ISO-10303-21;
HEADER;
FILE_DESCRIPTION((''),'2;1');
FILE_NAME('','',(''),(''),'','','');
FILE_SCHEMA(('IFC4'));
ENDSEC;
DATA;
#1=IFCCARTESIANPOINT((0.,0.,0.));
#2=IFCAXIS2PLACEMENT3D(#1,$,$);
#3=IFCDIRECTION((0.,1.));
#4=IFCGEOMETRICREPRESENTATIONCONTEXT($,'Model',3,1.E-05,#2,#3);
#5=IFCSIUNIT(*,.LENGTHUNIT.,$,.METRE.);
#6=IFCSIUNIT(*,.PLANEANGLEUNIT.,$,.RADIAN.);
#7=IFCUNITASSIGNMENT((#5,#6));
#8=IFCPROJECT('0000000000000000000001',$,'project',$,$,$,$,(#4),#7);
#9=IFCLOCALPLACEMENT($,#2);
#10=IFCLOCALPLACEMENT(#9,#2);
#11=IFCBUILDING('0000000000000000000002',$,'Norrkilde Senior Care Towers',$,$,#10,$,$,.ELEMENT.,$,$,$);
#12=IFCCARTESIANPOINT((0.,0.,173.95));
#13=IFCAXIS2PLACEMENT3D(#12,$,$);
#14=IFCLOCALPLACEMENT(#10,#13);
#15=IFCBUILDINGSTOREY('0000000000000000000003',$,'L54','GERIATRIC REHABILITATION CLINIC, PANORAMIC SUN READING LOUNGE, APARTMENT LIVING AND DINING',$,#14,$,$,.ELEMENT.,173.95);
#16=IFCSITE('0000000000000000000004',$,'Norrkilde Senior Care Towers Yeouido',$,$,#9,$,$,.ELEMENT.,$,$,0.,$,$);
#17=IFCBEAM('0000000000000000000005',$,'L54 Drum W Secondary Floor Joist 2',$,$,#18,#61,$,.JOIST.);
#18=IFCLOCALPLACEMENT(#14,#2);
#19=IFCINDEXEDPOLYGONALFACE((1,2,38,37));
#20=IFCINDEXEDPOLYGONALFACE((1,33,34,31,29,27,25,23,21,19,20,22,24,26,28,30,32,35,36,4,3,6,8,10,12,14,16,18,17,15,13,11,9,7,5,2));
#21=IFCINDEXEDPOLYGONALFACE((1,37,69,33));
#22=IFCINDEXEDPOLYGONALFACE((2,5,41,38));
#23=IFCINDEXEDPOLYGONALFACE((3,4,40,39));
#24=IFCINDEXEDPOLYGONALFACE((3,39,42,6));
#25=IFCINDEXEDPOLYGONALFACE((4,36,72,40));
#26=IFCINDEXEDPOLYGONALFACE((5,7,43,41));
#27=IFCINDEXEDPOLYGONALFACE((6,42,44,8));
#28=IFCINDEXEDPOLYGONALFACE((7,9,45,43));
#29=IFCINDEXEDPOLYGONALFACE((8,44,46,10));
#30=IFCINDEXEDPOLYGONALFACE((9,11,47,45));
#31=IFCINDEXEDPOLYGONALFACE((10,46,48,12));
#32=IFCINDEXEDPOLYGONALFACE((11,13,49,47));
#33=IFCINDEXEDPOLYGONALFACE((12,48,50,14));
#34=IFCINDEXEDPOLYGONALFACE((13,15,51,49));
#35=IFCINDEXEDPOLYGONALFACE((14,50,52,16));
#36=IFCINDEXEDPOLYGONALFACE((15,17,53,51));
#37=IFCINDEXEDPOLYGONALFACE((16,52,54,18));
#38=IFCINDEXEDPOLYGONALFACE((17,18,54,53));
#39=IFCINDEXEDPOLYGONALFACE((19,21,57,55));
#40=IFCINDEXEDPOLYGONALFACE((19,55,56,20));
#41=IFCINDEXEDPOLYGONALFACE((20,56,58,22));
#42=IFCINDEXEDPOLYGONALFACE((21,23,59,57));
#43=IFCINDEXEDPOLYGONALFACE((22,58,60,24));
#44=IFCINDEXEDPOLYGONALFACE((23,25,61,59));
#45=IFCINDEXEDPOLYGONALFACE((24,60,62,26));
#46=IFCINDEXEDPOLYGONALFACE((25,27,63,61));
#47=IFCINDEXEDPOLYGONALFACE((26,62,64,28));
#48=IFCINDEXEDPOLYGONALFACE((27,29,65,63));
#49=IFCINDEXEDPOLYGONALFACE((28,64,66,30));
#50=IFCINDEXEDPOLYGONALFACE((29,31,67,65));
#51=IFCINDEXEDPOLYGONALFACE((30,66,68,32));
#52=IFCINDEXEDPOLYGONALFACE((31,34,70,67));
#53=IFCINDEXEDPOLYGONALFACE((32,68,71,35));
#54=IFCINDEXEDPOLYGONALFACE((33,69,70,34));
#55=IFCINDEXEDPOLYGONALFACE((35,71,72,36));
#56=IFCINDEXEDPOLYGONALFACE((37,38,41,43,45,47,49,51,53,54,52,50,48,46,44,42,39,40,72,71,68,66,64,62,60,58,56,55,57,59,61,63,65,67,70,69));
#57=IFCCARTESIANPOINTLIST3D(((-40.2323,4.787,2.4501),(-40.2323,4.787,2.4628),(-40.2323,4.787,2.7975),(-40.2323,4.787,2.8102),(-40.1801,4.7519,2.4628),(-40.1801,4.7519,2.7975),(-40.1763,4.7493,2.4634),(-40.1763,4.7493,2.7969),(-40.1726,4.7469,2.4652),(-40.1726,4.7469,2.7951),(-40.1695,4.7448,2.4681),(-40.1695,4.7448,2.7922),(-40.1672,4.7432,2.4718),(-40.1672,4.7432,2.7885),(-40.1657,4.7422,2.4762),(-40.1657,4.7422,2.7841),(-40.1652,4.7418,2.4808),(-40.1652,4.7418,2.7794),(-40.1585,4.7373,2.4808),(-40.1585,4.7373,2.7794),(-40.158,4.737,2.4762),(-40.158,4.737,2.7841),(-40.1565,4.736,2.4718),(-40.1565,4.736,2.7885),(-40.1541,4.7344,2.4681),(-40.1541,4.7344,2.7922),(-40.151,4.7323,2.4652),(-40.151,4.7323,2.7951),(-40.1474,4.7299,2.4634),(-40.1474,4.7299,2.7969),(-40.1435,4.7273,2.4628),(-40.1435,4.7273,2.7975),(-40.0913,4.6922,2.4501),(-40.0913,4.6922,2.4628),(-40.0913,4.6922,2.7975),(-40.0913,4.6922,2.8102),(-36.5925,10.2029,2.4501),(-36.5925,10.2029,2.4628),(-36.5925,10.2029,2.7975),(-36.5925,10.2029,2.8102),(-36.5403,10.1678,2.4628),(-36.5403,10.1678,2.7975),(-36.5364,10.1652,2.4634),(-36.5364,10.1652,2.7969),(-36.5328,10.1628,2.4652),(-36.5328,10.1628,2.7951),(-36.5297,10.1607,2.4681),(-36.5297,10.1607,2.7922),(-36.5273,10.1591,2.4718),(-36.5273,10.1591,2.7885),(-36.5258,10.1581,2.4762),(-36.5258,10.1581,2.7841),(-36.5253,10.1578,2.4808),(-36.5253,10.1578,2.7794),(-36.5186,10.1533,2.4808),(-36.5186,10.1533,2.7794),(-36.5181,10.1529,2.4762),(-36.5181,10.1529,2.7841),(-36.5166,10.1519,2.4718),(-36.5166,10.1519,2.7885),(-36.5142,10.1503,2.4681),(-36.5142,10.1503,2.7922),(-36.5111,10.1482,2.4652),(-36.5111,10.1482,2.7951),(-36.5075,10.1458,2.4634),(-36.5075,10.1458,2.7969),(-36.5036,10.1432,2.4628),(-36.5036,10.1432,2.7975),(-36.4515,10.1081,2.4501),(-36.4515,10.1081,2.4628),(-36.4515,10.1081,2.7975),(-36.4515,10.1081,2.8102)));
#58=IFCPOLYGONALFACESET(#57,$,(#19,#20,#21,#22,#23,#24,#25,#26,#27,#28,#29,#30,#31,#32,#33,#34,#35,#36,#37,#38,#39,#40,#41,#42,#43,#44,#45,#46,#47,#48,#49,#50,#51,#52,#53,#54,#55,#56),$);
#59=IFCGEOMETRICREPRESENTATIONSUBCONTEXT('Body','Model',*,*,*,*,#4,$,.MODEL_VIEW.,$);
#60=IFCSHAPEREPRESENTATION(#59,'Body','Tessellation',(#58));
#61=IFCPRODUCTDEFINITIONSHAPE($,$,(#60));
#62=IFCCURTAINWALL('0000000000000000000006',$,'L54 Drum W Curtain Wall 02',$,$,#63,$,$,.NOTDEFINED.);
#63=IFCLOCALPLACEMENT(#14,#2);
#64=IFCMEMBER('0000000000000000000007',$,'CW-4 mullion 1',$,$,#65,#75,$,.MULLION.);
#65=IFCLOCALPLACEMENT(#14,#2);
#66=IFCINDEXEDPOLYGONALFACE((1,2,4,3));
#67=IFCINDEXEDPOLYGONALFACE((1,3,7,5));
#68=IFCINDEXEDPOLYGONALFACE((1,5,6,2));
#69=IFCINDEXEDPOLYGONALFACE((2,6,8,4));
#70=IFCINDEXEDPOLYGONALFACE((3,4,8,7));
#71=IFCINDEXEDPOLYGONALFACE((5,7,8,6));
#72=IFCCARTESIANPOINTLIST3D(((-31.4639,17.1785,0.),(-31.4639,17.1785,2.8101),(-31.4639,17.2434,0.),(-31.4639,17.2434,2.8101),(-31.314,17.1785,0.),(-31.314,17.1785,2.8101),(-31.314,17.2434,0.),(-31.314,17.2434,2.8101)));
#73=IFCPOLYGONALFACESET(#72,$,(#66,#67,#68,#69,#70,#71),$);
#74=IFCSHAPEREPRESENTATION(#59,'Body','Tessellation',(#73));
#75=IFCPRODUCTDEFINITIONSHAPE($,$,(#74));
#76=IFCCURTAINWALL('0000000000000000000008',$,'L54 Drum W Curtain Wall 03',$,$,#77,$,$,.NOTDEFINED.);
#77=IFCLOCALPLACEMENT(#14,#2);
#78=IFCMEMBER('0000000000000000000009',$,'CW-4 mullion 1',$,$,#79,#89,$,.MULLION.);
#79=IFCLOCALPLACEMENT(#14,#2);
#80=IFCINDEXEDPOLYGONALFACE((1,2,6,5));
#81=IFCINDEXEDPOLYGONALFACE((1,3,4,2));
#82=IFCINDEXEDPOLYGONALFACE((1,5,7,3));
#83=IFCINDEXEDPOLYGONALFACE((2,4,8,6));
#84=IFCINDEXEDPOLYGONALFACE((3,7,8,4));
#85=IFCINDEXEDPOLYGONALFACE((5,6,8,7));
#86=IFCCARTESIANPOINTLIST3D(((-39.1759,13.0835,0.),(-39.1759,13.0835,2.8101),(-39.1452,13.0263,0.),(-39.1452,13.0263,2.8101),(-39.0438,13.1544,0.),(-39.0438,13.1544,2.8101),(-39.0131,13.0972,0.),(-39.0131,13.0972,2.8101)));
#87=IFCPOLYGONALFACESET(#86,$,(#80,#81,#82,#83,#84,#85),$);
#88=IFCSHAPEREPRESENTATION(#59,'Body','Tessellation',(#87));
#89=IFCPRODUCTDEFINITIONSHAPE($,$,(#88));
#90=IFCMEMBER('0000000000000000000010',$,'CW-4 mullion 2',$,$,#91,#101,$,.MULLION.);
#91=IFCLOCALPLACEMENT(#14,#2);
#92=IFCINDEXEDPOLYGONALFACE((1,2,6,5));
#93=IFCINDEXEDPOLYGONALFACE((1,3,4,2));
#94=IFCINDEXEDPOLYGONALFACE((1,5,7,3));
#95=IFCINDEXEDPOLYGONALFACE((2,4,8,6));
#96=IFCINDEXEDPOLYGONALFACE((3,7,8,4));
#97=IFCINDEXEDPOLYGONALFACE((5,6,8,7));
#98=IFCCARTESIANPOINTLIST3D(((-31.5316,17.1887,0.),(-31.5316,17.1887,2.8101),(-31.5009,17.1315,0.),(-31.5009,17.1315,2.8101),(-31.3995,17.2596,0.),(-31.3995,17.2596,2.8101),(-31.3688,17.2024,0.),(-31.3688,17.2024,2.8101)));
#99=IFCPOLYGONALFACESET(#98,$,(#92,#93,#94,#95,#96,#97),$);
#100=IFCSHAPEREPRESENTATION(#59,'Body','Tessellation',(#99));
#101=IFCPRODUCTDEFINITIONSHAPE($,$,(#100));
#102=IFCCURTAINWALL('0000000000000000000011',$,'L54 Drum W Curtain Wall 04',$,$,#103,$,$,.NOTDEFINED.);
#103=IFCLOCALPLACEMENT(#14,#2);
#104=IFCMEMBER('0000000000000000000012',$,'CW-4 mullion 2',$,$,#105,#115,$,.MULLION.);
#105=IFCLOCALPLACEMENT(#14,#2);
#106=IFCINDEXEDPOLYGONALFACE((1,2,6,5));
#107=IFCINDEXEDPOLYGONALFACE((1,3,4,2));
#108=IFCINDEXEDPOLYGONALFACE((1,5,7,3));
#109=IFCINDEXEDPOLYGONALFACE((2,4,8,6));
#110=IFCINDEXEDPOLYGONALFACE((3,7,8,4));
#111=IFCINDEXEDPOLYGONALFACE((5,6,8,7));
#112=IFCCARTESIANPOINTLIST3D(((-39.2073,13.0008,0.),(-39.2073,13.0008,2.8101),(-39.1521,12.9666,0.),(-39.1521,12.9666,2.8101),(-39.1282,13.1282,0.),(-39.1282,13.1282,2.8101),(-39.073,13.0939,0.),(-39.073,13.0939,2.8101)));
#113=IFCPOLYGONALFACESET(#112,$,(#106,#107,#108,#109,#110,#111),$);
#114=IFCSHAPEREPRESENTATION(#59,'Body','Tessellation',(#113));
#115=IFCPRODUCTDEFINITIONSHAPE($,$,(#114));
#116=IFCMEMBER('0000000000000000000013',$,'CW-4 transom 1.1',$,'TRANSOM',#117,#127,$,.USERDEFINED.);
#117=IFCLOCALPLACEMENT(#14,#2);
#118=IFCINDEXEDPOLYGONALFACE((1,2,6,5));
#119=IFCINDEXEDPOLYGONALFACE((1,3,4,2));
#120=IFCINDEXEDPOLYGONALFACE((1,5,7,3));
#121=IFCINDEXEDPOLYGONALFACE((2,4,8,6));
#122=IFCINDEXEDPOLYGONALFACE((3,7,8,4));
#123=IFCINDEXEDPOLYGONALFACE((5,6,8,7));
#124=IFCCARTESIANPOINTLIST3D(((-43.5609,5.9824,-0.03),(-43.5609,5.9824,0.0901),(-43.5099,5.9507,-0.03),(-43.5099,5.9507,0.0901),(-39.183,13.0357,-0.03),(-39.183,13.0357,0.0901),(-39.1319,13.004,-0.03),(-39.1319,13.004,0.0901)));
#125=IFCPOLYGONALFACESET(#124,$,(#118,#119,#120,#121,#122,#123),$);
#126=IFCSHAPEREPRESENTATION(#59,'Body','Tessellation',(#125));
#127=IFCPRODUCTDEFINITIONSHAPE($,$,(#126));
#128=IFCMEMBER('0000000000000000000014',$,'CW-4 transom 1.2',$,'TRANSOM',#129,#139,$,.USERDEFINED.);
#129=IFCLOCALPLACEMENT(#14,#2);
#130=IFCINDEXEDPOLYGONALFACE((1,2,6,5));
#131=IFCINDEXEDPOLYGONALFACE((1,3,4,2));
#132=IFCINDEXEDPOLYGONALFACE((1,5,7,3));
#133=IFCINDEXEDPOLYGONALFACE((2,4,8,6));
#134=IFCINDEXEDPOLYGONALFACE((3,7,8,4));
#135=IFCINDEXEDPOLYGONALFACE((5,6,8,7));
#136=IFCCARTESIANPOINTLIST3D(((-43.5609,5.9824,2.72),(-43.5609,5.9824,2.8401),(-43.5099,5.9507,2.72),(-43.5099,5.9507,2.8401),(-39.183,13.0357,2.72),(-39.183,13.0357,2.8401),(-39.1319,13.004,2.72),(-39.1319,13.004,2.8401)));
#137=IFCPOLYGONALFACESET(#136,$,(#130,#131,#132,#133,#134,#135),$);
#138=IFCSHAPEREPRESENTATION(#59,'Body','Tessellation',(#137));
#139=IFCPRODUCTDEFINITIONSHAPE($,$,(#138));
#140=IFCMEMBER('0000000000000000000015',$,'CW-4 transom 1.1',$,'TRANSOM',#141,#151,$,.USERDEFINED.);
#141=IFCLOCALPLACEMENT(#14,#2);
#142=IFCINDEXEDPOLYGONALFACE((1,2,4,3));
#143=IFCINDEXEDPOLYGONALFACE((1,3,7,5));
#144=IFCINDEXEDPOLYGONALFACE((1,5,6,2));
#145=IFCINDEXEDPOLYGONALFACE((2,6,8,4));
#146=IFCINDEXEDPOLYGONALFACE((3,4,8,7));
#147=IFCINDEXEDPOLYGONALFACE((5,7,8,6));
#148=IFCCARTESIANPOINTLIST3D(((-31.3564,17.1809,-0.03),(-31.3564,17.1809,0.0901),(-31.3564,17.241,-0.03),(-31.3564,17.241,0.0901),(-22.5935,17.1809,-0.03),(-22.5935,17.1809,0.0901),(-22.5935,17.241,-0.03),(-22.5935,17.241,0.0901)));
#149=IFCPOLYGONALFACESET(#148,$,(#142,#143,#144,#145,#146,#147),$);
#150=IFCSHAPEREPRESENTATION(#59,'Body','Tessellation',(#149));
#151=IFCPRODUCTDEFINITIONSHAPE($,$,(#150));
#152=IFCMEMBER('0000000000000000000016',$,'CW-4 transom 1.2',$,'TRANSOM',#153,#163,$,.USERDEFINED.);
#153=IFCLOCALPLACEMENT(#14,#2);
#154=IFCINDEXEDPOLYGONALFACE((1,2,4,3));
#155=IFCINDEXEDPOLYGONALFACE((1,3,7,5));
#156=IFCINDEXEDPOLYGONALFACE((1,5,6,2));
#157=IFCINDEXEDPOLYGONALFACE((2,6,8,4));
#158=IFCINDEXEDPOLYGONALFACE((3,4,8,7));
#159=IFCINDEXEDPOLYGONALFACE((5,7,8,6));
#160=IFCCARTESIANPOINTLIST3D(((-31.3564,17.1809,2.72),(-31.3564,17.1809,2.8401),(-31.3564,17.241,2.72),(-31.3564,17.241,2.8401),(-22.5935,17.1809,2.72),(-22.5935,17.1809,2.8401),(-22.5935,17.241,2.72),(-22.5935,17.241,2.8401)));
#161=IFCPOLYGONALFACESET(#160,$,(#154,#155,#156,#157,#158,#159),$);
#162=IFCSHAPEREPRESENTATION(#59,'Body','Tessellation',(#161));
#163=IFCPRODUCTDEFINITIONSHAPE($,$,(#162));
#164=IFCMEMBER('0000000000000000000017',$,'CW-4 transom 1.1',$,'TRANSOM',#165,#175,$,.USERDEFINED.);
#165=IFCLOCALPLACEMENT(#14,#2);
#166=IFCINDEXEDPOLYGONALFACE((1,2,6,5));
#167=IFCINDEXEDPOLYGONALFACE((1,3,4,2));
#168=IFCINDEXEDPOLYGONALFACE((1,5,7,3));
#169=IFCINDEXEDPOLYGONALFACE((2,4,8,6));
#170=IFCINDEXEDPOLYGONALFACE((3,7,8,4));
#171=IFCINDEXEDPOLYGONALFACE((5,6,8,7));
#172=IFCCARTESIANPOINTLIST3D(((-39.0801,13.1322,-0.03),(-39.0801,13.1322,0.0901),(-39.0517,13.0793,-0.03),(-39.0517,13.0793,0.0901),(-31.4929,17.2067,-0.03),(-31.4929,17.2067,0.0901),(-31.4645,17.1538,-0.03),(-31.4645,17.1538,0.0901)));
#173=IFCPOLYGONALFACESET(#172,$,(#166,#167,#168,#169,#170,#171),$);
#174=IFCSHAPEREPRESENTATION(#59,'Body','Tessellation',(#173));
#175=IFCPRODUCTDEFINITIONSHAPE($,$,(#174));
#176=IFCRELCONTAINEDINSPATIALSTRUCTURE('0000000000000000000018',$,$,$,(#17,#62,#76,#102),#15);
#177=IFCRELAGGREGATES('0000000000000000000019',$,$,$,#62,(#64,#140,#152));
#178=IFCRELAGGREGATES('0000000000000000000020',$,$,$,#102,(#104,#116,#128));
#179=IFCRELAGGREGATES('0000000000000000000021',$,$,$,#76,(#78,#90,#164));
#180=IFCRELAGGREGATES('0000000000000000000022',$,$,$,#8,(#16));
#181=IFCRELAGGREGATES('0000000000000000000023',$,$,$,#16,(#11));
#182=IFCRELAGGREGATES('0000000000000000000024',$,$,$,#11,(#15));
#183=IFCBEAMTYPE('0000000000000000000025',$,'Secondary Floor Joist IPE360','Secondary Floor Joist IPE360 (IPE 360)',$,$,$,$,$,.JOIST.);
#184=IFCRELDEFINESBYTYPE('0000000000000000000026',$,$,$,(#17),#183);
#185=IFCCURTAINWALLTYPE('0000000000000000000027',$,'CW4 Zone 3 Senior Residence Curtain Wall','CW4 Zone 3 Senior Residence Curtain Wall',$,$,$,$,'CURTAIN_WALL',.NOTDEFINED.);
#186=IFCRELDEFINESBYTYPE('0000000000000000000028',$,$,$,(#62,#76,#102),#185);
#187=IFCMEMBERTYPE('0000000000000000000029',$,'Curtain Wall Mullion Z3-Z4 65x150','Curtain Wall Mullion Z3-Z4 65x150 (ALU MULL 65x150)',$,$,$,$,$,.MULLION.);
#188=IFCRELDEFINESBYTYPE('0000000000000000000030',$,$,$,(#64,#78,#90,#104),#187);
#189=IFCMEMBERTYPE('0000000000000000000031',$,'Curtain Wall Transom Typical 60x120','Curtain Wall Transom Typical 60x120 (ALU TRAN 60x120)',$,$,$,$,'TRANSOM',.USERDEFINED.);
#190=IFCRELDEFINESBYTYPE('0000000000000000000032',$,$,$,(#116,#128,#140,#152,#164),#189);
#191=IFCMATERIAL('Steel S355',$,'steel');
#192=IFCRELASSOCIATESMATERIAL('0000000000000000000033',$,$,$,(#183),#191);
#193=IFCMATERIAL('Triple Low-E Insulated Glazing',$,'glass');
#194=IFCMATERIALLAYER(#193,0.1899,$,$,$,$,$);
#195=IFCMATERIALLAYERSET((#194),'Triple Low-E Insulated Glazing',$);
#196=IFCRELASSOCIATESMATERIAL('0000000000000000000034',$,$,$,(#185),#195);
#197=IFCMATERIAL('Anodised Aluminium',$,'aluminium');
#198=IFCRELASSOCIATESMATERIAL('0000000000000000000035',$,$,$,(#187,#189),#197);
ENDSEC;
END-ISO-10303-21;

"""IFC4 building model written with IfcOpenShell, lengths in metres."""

from ifc_helpers import new_model, si_unit, direction, frame, origin, origin_2d, place, context, subcontext, project, spatial, rectangle, i_section, extrude, source, transform, mapped, material, layer, layer_set, material_profile, profile_set, type_object, type_shapes, element, aggregate, save


model = new_model("IFC4")

# Units and contexts
model_context = context("Model", 3, precision=1e-05, world=origin(), true_north=direction((0.0, 1.0)))
body_context = subcontext(model_context, "Body", "Model", "MODEL_VIEW")
ifc_project = project(units=[si_unit("LENGTHUNIT", "METRE"), si_unit("PLANEANGLEUNIT", "RADIAN")], contexts=[model_context])

# Site, building, storey
site_placement = place(None, origin())
site = spatial("IfcSite", under=ifc_project, at=site_placement, Name="Norrkilde Senior Care Towers Yeouido", CompositionType="ELEMENT", RefElevation=0.0)
building_placement = place(site_placement, origin())
building = spatial("IfcBuilding", under=site, at=building_placement, Name="Norrkilde Senior Care Towers", CompositionType="ELEMENT")
storey_placement = place(building_placement, frame((0.0, 0.0, 173.95)))
storey = spatial("IfcBuildingStorey", under=building, at=storey_placement, Name="L54", Description="GERIATRIC REHABILITATION CLINIC, PANORAMIC SUN READING LOUNGE, APARTMENT LIVING AND DINING", CompositionType="ELEMENT", Elevation=173.95)

# Beam
ifc_material_1 = material(Name="Steel S355", Category="steel")
ifc_material_profile_1 = material_profile(ifc_material_1, i_section(OverallWidth=0.1699, OverallDepth=0.3601, WebThickness=0.0081, FlangeThickness=0.0127, FilletRadius=0.0181, at=origin_2d()), Name="IPE 360")
ifc_profile_set_1 = profile_set([ifc_material_profile_1], Name="Steel S355")
beam_type_1 = type_object("IfcBeamType", Name="Secondary Floor Joist IPE360", Description="Secondary Floor Joist IPE360 (IPE 360)", PredefinedType="JOIST", material=ifc_profile_set_1)
shared_shape_1 = source(origin(), body_context, "Body", "SweptSolid", [
    extrude(i_section(OverallWidth=0.1699, OverallDepth=0.3601, WebThickness=0.0081, FlangeThickness=0.0127, FilletRadius=0.0181, at=origin_2d()), origin(), (0.0, 0.0, 1.0), 6.5254),
])
type_shapes(beam_type_1, [shared_shape_1])
beam_1_placement = place(storey_placement, frame((-36.522, 10.1555, 2.6301), z_axis=(-0.557796, -0.829978, 0.0), x_axis=(0.829978, -0.557796, 0.0)))
element("IfcBeam", 1, at=beam_1_placement, inside=storey, type_object=beam_type_1, Name="L54 Drum W Secondary Floor Joist 2", PredefinedType="JOIST", context=body_context, shape_type="MappedRepresentation", body=[
    mapped(shared_shape_1, transform((0.0, 0.0, 0.0), x_axis=(1.0, 0.0, 0.0), y_axis=(0.0, 1.0, 0.0), z_axis=(0.0, 0.0, 1.0), scale=1.0)),
])

# Curtain wall, member
ifc_material_2 = material(Name="Triple Low-E Insulated Glazing", Category="glass")
ifc_layer_1 = layer(ifc_material_2, 0.1899)
ifc_layer_set_1 = layer_set([ifc_layer_1], Name="Triple Low-E Insulated Glazing")
curtain_wall_type = type_object("IfcCurtainWallType", Name="CW4 Zone 3 Senior Residence Curtain Wall", Description="CW4 Zone 3 Senior Residence Curtain Wall", ElementType="CURTAIN_WALL", PredefinedType="NOTDEFINED", material=ifc_layer_set_1)
curtain_wall_1_placement = place(storey_placement, origin())
curtain_wall_1 = element("IfcCurtainWall", 2, at=curtain_wall_1_placement, inside=storey, type_object=curtain_wall_type, Name="L54 Drum W Curtain Wall 02", PredefinedType="NOTDEFINED")
ifc_material_3 = material(Name="Anodised Aluminium", Category="aluminium")
ifc_material_profile_2 = material_profile(ifc_material_3, rectangle(XDim=0.0649, YDim=0.1499, at=origin_2d()), Name="ALU MULL 65x150")
ifc_profile_set_2 = profile_set([ifc_material_profile_2], Name="Anodised Aluminium")
member_type_1 = type_object("IfcMemberType", Name="Curtain Wall Mullion Z3-Z4 65x150", Description="Curtain Wall Mullion Z3-Z4 65x150 (ALU MULL 65x150)", PredefinedType="MULLION", material=ifc_profile_set_2)
shared_shape_2 = source(origin(), body_context, "Body", "SweptSolid", [
    extrude(rectangle(XDim=0.0649, YDim=0.1499, at=origin_2d()), origin(), (0.0, 0.0, 1.0), 2.8101),
])
type_shapes(member_type_1, [shared_shape_2])
member_1_placement = place(storey_placement, frame((-31.3889, 17.2109, 0.0), z_axis=(0.0, 0.0, 1.0), x_axis=(0.0, 1.0, 0.0)))
member_1 = element("IfcMember", 3, at=member_1_placement, type_object=member_type_1, Name="CW-4 mullion 1", PredefinedType="MULLION", context=body_context, shape_type="MappedRepresentation", body=[
    mapped(shared_shape_2, transform((0.0, 0.0, 0.0), x_axis=(1.0, 0.0, 0.0), y_axis=(0.0, 1.0, 0.0), z_axis=(0.0, 0.0, 1.0), scale=1.0)),
])

# Curtain walls, members
curtain_wall_2_placement = place(storey_placement, origin())
curtain_wall_2 = element("IfcCurtainWall", 4, at=curtain_wall_2_placement, inside=storey, type_object=curtain_wall_type, Name="L54 Drum W Curtain Wall 03", PredefinedType="NOTDEFINED")
member_2_placement = place(storey_placement, frame((-39.0945, 13.0903, 0.0), z_axis=(0.0, 0.0, 1.0), x_axis=(-0.473117, 0.881, 0.0)))
member_2 = element("IfcMember", 5, at=member_2_placement, type_object=member_type_1, Name="CW-4 mullion 1", PredefinedType="MULLION", context=body_context, shape_type="MappedRepresentation", body=[
    mapped(shared_shape_2, transform((0.0, 0.0, 0.0), x_axis=(1.0, 0.0, 0.0), y_axis=(0.0, 1.0, 0.0), z_axis=(0.0, 0.0, 1.0), scale=1.0)),
])
member_3_placement = place(storey_placement, frame((-31.4502, 17.1956, 0.0), z_axis=(0.0, 0.0, 1.0), x_axis=(-0.473117, 0.881, 0.0)))
member_3 = element("IfcMember", 6, at=member_3_placement, type_object=member_type_1, Name="CW-4 mullion 2", PredefinedType="MULLION", context=body_context, shape_type="MappedRepresentation", body=[
    mapped(shared_shape_2, transform((0.0, 0.0, 0.0), x_axis=(1.0, 0.0, 0.0), y_axis=(0.0, 1.0, 0.0), z_axis=(0.0, 0.0, 1.0), scale=1.0)),
])
curtain_wall_3_placement = place(storey_placement, origin())
curtain_wall_3 = element("IfcCurtainWall", 7, at=curtain_wall_3_placement, inside=storey, type_object=curtain_wall_type, Name="L54 Drum W Curtain Wall 04", PredefinedType="NOTDEFINED")
member_4_placement = place(storey_placement, frame((-39.1401, 13.0474, 0.0), z_axis=(0.0, 0.0, 1.0), x_axis=(-0.849634, 0.527373, 0.0)))
member_4 = element("IfcMember", 8, at=member_4_placement, type_object=member_type_1, Name="CW-4 mullion 2", PredefinedType="MULLION", context=body_context, shape_type="MappedRepresentation", body=[
    mapped(shared_shape_2, transform((0.0, 0.0, 0.0), x_axis=(1.0, 0.0, 0.0), y_axis=(0.0, 1.0, 0.0), z_axis=(0.0, 0.0, 1.0), scale=1.0)),
])
ifc_material_profile_3 = material_profile(ifc_material_3, rectangle(XDim=0.0601, YDim=0.1201, at=origin_2d()), Name="ALU TRAN 60x120")
ifc_profile_set_3 = profile_set([ifc_material_profile_3], Name="Anodised Aluminium")
member_type_2 = type_object("IfcMemberType", Name="Curtain Wall Transom Typical 60x120", Description="Curtain Wall Transom Typical 60x120 (ALU TRAN 60x120)", ElementType="TRANSOM", PredefinedType="USERDEFINED", material=ifc_profile_set_3)
shared_shape_3 = source(origin(), body_context, "Body", "SweptSolid", [
    extrude(rectangle(XDim=0.0601, YDim=0.1201, at=origin_2d()), origin(), (0.0, 0.0, 1.0), 8.3015),
])
member_5_placement = place(storey_placement, frame((-43.5354, 5.9666, 0.03), z_axis=(0.527369, 0.849637, 0.0), x_axis=(-0.849637, 0.527369, 0.0)))
member_5 = element("IfcMember", 9, at=member_5_placement, type_object=member_type_2, Name="CW-4 transom 1.1", ObjectType="TRANSOM", PredefinedType="USERDEFINED", context=body_context, shape_type="MappedRepresentation", body=[
    mapped(shared_shape_3, transform((0.0, 0.0, 0.0), x_axis=(1.0, 0.0, 0.0), y_axis=(0.0, 1.0, 0.0), z_axis=(0.0, 0.0, 1.0), scale=1.0)),
])
member_6_placement = place(storey_placement, frame((-43.5354, 5.9666, 2.78), z_axis=(0.527369, 0.849637, 0.0), x_axis=(-0.849637, 0.527369, 0.0)))
member_6 = element("IfcMember", 10, at=member_6_placement, type_object=member_type_2, Name="CW-4 transom 1.2", ObjectType="TRANSOM", PredefinedType="USERDEFINED", context=body_context, shape_type="MappedRepresentation", body=[
    mapped(shared_shape_3, transform((0.0, 0.0, 0.0), x_axis=(1.0, 0.0, 0.0), y_axis=(0.0, 1.0, 0.0), z_axis=(0.0, 0.0, 1.0), scale=1.0)),
])

# Members
shared_shape_4 = source(origin(), body_context, "Body", "SweptSolid", [
    extrude(rectangle(XDim=0.0601, YDim=0.1201, at=origin_2d()), origin(), (0.0, 0.0, 1.0), 8.7629),
])
member_7_placement = place(storey_placement, frame((-31.3564, 17.2109, 0.03), z_axis=(1.0, 0.0, 0.0), x_axis=(0.0, 1.0, 0.0)))
member_7 = element("IfcMember", 11, at=member_7_placement, type_object=member_type_2, Name="CW-4 transom 1.1", ObjectType="TRANSOM", PredefinedType="USERDEFINED", context=body_context, shape_type="MappedRepresentation", body=[
    mapped(shared_shape_4, transform((0.0, 0.0, 0.0), x_axis=(1.0, 0.0, 0.0), y_axis=(0.0, 1.0, 0.0), z_axis=(0.0, 0.0, 1.0), scale=1.0)),
])
member_8_placement = place(storey_placement, frame((-31.3564, 17.2109, 2.78), z_axis=(1.0, 0.0, 0.0), x_axis=(0.0, 1.0, 0.0)))
member_8 = element("IfcMember", 12, at=member_8_placement, type_object=member_type_2, Name="CW-4 transom 1.2", ObjectType="TRANSOM", PredefinedType="USERDEFINED", context=body_context, shape_type="MappedRepresentation", body=[
    mapped(shared_shape_4, transform((0.0, 0.0, 0.0), x_axis=(1.0, 0.0, 0.0), y_axis=(0.0, 1.0, 0.0), z_axis=(0.0, 0.0, 1.0), scale=1.0)),
])
aggregate(curtain_wall_1, [member_1, member_7, member_8])
shared_shape_5 = source(origin(), body_context, "Body", "SweptSolid", [
    extrude(rectangle(XDim=0.0601, YDim=0.1201, at=origin_2d()), origin(), (0.0, 0.0, 1.0), 8.6121),
])
type_shapes(member_type_2, [shared_shape_3, shared_shape_4, shared_shape_5])
member_9_placement = place(storey_placement, frame((-39.0659, 13.1057, 0.03), z_axis=(0.881, 0.473116, 0.0), x_axis=(-0.473116, 0.881, 0.0)))
member_9 = element("IfcMember", 13, at=member_9_placement, type_object=member_type_2, Name="CW-4 transom 1.1", ObjectType="TRANSOM", PredefinedType="USERDEFINED", context=body_context, shape_type="MappedRepresentation", body=[
    mapped(shared_shape_5, transform((0.0, 0.0, 0.0), x_axis=(1.0, 0.0, 0.0), y_axis=(0.0, 1.0, 0.0), z_axis=(0.0, 0.0, 1.0), scale=1.0)),
])

aggregate(curtain_wall_3, [member_4, member_5, member_6])
aggregate(curtain_wall_2, [member_2, member_3, member_9])

save(model, "model.ifc")
